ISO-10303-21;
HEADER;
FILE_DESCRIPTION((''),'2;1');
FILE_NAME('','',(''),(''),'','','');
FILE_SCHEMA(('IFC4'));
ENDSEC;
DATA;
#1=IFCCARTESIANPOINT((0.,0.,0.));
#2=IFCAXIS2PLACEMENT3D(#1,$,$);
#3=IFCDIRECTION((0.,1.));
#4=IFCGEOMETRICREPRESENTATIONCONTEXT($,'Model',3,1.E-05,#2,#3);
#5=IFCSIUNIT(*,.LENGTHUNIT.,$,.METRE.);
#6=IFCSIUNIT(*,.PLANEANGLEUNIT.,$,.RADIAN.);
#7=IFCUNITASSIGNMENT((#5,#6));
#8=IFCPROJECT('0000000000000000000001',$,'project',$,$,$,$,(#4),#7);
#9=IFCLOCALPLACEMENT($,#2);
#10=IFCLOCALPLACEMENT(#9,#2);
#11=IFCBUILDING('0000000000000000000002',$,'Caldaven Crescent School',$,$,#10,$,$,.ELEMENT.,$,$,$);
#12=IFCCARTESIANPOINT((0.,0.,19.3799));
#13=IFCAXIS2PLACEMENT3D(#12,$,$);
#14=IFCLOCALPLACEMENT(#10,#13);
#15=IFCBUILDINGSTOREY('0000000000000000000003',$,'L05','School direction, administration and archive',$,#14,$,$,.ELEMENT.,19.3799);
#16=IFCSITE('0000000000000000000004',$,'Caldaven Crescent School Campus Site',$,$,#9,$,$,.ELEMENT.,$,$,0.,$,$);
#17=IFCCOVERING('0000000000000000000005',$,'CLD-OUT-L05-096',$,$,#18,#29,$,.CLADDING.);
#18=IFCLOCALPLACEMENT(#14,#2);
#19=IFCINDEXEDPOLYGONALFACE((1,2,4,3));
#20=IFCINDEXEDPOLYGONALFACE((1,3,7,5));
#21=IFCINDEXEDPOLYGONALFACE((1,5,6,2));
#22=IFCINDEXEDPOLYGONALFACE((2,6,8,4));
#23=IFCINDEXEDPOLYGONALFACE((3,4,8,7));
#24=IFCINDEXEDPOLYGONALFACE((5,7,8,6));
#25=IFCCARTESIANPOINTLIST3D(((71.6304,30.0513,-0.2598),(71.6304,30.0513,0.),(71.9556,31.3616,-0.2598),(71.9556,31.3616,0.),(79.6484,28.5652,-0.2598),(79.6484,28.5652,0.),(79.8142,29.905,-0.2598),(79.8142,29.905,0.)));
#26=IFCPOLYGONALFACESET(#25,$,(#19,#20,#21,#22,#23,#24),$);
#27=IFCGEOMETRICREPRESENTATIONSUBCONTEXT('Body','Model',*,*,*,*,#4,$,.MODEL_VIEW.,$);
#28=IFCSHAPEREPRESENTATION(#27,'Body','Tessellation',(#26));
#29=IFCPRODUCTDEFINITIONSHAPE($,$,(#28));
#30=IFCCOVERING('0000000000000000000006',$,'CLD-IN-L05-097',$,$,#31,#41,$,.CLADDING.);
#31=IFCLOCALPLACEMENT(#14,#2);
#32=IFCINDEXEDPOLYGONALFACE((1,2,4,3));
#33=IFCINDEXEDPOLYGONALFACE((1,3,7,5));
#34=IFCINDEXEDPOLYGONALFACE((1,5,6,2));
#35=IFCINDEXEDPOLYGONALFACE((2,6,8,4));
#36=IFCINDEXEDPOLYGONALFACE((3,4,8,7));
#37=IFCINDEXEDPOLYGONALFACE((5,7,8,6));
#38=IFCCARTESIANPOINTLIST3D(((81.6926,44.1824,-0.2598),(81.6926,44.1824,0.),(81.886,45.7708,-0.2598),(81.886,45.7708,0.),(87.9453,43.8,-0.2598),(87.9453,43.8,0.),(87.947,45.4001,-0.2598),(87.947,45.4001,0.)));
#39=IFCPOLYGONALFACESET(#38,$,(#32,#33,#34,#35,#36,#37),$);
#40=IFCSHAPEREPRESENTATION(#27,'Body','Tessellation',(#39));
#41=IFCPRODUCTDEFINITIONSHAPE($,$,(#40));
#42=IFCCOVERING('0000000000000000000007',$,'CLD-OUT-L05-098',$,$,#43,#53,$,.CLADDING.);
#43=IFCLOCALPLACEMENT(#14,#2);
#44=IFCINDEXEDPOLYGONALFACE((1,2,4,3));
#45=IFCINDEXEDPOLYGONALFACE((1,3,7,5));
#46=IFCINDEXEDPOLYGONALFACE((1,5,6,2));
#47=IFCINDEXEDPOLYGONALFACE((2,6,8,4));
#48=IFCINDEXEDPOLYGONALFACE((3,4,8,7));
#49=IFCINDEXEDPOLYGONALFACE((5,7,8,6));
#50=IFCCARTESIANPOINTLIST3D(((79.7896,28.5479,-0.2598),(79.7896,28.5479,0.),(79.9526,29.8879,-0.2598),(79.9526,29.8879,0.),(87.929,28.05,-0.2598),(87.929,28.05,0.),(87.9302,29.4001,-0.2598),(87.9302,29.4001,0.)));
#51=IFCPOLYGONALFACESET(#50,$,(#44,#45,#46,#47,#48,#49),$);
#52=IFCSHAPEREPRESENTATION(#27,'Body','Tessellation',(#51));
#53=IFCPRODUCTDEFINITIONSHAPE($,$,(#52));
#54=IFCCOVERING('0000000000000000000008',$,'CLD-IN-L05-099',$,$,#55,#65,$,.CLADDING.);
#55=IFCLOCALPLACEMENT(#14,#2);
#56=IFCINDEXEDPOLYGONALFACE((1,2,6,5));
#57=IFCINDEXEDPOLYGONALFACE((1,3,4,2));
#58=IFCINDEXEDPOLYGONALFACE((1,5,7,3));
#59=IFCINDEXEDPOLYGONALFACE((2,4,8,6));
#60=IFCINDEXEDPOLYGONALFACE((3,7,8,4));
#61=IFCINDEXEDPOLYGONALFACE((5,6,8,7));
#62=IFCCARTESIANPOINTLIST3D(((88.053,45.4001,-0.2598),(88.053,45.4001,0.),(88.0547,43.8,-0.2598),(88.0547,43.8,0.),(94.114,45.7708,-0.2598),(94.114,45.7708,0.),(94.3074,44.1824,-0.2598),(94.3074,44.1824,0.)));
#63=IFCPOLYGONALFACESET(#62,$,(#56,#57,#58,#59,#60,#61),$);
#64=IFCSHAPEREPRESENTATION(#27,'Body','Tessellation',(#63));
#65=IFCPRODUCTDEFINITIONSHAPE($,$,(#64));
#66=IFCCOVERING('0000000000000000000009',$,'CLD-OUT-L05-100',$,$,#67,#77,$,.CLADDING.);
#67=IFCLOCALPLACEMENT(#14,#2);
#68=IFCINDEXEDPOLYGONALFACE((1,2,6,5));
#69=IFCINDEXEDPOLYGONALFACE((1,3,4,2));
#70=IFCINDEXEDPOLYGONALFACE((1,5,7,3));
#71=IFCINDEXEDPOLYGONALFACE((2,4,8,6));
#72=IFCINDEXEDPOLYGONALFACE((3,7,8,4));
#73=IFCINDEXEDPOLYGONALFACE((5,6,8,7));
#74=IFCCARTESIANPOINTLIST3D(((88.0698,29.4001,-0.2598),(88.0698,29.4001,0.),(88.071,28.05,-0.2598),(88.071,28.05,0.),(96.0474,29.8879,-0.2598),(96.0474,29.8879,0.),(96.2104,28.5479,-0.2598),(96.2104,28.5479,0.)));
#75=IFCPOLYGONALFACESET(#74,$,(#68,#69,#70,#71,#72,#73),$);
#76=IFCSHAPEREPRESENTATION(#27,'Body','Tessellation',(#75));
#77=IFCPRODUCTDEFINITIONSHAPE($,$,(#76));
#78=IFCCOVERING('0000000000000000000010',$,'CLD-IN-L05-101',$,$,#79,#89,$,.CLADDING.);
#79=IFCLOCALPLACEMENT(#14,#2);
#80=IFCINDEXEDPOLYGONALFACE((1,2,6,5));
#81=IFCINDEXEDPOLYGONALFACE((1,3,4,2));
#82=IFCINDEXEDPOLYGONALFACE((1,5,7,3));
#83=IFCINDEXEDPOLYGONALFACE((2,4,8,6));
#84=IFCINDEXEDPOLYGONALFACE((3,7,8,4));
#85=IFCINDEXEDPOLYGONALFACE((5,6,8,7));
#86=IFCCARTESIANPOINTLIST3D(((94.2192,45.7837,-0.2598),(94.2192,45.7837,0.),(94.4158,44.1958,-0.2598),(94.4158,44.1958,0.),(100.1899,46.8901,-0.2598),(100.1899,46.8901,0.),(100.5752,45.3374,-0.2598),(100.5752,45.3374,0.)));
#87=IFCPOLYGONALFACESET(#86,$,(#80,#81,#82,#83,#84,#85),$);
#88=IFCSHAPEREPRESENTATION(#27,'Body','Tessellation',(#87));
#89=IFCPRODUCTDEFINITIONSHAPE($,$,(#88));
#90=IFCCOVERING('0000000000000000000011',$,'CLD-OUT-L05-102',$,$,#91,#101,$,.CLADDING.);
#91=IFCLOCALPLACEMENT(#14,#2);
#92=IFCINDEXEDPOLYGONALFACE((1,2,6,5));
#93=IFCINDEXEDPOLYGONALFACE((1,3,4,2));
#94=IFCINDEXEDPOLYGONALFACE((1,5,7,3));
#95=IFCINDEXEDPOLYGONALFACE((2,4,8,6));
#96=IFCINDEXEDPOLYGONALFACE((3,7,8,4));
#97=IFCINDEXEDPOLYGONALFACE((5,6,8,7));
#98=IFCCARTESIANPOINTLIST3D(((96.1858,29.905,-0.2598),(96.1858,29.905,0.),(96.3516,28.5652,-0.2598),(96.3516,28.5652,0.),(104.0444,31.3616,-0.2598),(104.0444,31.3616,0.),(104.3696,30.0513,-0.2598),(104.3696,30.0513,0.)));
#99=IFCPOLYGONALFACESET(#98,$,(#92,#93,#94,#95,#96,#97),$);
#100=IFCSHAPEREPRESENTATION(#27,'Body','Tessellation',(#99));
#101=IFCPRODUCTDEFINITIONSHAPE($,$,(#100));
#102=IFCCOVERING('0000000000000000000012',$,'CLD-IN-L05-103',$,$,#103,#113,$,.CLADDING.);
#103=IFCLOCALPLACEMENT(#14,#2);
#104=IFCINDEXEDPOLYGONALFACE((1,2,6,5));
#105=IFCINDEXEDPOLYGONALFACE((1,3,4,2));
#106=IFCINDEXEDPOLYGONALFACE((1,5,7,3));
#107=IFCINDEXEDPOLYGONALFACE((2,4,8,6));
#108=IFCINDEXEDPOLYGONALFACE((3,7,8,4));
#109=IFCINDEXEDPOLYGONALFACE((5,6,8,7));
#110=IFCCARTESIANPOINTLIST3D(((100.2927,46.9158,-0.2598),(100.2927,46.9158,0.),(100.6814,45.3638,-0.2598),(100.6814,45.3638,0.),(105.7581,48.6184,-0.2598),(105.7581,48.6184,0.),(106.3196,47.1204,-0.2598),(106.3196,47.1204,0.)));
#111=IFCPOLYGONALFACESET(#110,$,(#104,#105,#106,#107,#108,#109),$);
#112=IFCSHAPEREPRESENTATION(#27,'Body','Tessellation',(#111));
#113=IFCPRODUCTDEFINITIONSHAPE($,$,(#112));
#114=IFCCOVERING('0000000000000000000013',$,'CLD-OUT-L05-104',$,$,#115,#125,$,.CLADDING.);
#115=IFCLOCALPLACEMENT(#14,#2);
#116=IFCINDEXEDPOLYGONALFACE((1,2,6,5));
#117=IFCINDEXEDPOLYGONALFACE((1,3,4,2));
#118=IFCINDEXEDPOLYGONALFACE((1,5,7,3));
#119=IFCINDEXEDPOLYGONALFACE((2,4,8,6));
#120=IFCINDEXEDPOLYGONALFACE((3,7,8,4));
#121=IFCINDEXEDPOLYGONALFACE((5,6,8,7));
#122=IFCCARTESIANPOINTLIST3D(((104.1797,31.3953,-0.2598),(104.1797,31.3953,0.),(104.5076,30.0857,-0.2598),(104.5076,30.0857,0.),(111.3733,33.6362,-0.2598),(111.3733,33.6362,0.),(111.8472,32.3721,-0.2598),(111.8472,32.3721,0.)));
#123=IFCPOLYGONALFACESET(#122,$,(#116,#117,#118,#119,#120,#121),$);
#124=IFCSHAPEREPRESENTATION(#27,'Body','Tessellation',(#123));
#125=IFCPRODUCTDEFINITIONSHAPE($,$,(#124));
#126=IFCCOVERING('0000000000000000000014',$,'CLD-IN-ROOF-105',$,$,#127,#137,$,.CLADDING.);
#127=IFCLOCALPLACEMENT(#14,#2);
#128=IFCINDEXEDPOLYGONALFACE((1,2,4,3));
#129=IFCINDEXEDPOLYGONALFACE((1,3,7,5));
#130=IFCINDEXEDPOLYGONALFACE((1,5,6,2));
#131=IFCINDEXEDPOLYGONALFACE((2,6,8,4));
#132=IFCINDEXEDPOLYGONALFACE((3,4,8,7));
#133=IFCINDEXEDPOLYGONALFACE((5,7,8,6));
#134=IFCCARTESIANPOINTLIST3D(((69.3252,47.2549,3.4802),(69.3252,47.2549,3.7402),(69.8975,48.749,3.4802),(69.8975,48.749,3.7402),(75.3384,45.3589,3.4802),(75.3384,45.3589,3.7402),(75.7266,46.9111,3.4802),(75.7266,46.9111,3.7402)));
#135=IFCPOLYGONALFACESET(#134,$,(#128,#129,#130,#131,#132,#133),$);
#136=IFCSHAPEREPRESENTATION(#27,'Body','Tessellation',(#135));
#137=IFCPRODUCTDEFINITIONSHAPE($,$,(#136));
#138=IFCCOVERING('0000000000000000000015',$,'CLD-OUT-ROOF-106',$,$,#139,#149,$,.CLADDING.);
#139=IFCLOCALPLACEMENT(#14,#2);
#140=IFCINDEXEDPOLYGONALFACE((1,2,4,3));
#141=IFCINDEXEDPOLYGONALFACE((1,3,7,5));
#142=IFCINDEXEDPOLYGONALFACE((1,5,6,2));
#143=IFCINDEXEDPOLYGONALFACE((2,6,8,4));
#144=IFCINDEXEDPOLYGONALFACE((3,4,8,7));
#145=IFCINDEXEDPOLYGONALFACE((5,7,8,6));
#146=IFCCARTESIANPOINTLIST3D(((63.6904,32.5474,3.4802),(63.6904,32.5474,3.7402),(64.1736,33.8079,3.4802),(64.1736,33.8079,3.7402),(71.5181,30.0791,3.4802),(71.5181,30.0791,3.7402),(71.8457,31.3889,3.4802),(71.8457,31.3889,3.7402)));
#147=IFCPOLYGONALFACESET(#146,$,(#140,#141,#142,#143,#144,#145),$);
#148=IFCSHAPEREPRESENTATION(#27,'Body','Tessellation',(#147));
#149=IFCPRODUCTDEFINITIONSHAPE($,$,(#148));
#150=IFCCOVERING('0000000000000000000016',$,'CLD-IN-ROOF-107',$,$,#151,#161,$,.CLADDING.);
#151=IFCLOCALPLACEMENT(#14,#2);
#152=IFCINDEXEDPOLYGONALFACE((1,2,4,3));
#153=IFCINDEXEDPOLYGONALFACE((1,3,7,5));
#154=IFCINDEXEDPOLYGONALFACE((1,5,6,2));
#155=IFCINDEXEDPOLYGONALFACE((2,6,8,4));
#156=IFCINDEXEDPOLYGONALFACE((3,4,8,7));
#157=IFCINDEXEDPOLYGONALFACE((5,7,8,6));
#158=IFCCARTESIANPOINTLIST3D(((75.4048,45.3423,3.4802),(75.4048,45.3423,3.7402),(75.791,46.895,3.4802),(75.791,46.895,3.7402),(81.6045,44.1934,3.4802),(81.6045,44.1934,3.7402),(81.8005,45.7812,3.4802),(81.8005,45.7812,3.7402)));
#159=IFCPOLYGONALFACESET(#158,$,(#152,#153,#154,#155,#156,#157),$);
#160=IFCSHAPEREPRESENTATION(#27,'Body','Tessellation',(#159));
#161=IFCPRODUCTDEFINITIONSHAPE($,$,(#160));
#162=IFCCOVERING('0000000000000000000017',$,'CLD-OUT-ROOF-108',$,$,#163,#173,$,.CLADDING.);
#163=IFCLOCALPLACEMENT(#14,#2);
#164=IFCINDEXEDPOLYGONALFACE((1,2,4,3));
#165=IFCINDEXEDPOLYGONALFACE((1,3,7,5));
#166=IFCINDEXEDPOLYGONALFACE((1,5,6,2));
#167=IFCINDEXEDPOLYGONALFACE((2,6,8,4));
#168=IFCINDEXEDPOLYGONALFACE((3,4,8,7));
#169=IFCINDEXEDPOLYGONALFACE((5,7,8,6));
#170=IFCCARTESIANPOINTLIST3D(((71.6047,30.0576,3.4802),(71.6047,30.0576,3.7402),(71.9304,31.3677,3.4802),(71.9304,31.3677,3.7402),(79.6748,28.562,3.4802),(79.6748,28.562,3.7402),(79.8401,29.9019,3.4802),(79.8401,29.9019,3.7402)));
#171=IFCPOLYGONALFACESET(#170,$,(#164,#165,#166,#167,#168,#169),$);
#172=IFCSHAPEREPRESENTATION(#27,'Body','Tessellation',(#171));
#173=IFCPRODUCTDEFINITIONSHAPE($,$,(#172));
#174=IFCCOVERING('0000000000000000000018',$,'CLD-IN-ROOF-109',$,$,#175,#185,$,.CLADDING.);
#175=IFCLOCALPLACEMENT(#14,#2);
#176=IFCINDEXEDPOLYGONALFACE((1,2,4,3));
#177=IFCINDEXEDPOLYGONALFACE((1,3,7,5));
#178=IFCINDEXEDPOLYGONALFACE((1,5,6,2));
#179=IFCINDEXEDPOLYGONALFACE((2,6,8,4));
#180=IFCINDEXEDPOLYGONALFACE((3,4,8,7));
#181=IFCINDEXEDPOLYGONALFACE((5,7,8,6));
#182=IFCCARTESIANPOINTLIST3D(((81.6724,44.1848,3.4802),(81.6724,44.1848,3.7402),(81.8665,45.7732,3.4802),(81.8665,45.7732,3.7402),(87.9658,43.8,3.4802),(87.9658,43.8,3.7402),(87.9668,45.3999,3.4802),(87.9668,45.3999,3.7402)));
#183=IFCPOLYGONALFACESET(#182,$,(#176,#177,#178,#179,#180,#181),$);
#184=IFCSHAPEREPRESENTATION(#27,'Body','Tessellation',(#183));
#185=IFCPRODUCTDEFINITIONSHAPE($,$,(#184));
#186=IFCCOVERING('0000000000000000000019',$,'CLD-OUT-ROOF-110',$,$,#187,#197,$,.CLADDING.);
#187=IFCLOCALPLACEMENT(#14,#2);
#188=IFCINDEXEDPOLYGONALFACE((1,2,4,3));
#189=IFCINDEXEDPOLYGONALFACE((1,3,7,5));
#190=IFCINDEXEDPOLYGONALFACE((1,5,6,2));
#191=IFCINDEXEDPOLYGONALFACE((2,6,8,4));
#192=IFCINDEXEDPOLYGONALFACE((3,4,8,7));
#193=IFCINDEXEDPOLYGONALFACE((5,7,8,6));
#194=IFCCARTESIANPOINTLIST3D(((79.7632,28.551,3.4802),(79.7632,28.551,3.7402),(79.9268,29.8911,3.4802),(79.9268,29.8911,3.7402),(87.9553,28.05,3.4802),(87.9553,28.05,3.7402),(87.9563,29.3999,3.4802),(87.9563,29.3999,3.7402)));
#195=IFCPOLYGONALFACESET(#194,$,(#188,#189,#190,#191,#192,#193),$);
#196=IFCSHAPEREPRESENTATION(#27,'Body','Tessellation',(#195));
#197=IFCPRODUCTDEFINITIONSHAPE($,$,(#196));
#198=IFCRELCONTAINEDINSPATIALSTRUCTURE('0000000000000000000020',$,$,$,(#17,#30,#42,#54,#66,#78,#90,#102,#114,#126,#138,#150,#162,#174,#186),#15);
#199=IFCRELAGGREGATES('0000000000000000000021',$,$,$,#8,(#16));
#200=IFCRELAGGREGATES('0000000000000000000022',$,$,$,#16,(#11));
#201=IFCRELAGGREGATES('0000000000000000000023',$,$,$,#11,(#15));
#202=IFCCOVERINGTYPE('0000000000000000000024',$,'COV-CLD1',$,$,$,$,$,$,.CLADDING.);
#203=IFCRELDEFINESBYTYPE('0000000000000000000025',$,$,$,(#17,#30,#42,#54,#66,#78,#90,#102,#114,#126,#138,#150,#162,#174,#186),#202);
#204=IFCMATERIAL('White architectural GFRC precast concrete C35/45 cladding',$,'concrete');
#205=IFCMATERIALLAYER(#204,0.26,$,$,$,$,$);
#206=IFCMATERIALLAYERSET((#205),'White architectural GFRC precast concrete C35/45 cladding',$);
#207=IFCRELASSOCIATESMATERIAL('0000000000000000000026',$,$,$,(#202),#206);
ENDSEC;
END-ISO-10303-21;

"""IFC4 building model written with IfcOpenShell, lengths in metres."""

from ifc_helpers import new_model, si_unit, direction, frame, origin, place, context, subcontext, project, spatial, polyline, outline, extrude, material, layer, layer_set, type_object, element, save


model = new_model("IFC4")

# Units and contexts
model_context = context("Model", 3, precision=1e-05, world=origin(), true_north=direction((0.0, 1.0)))
body_context = subcontext(model_context, "Body", "Model", "MODEL_VIEW")
ifc_project = project(units=[si_unit("LENGTHUNIT", "METRE"), si_unit("PLANEANGLEUNIT", "RADIAN")], contexts=[model_context])

# Site, building, storey
site_placement = place(None, origin())
site = spatial("IfcSite", under=ifc_project, at=site_placement, Name="Caldaven Crescent School Campus Site", CompositionType="ELEMENT", RefElevation=0.0)
building_placement = place(site_placement, origin())
building = spatial("IfcBuilding", under=site, at=building_placement, Name="Caldaven Crescent School", CompositionType="ELEMENT")
storey_placement = place(building_placement, frame((0.0, 0.0, 19.3799)))
storey = spatial("IfcBuildingStorey", under=building, at=storey_placement, Name="L05", Description="School direction, administration and archive", CompositionType="ELEMENT", Elevation=19.3799)

# Coverings
ifc_material_1 = material(Name="White architectural GFRC precast concrete C35/45 cladding", Category="concrete")
ifc_layer_1 = layer(ifc_material_1, 0.26)
ifc_layer_set_1 = layer_set([ifc_layer_1], Name="White architectural GFRC precast concrete C35/45 cladding")
covering_type = type_object("IfcCoveringType", Name="COV-CLD1", PredefinedType="CLADDING", material=ifc_layer_set_1)
covering_1_placement = place(storey_placement, frame((0.0, 0.0, -0.2598)))
element("IfcCovering", 1, at=covering_1_placement, inside=storey, type_object=covering_type, Name="CLD-OUT-L05-096", PredefinedType="CLADDING", context=body_context, shape_type="SweptSolid", body=[
    extrude(outline(polyline([(71.9556, 31.3616), (79.8142, 29.905), (79.6484, 28.5652), (71.6304, 30.0513), (71.9556, 31.3616)])), origin(), (0.0, 0.0, 1.0), 0.2598),
])
covering_2_placement = place(storey_placement, frame((0.0, 0.0, -0.2598)))
element("IfcCovering", 2, at=covering_2_placement, inside=storey, type_object=covering_type, Name="CLD-IN-L05-097", PredefinedType="CLADDING", context=body_context, shape_type="SweptSolid", body=[
    extrude(outline(polyline([(81.886, 45.7708), (87.947, 45.4001), (87.9453, 43.8), (81.6926, 44.1824), (81.886, 45.7708)])), origin(), (0.0, 0.0, 1.0), 0.2598),
])
covering_3_placement = place(storey_placement, frame((0.0, 0.0, -0.2598)))
element("IfcCovering", 3, at=covering_3_placement, inside=storey, type_object=covering_type, Name="CLD-OUT-L05-098", PredefinedType="CLADDING", context=body_context, shape_type="SweptSolid", body=[
    extrude(outline(polyline([(79.9526, 29.8879), (87.9302, 29.4001), (87.929, 28.05), (79.7896, 28.5479), (79.9526, 29.8879)])), origin(), (0.0, 0.0, 1.0), 0.2598),
])
covering_4_placement = place(storey_placement, frame((0.0, 0.0, -0.2598)))
element("IfcCovering", 4, at=covering_4_placement, inside=storey, type_object=covering_type, Name="CLD-IN-L05-099", PredefinedType="CLADDING", context=body_context, shape_type="SweptSolid", body=[
    extrude(outline(polyline([(88.053, 45.4001), (94.114, 45.7708), (94.3074, 44.1824), (88.0547, 43.8), (88.053, 45.4001)])), origin(), (0.0, 0.0, 1.0), 0.2598),
])
covering_5_placement = place(storey_placement, frame((0.0, 0.0, -0.2598)))
element("IfcCovering", 5, at=covering_5_placement, inside=storey, type_object=covering_type, Name="CLD-OUT-L05-100", PredefinedType="CLADDING", context=body_context, shape_type="SweptSolid", body=[
    extrude(outline(polyline([(88.0698, 29.4001), (96.0474, 29.8879), (96.2104, 28.5479), (88.071, 28.05), (88.0698, 29.4001)])), origin(), (0.0, 0.0, 1.0), 0.2598),
])
covering_6_placement = place(storey_placement, frame((0.0, 0.0, -0.2598)))
element("IfcCovering", 6, at=covering_6_placement, inside=storey, type_object=covering_type, Name="CLD-IN-L05-101", PredefinedType="CLADDING", context=body_context, shape_type="SweptSolid", body=[
    extrude(outline(polyline([(94.2192, 45.7837), (100.1899, 46.8901), (100.5752, 45.3374), (94.4158, 44.1958), (94.2192, 45.7837)])), origin(), (0.0, 0.0, 1.0), 0.2598),
])
covering_7_placement = place(storey_placement, frame((0.0, 0.0, -0.2598)))
element("IfcCovering", 7, at=covering_7_placement, inside=storey, type_object=covering_type, Name="CLD-OUT-L05-102", PredefinedType="CLADDING", context=body_context, shape_type="SweptSolid", body=[
    extrude(outline(polyline([(96.1858, 29.905), (104.0444, 31.3616), (104.3696, 30.0513), (96.3516, 28.5652), (96.1858, 29.905)])), origin(), (0.0, 0.0, 1.0), 0.2598),
])
covering_8_placement = place(storey_placement, frame((0.0, 0.0, -0.2598)))
element("IfcCovering", 8, at=covering_8_placement, inside=storey, type_object=covering_type, Name="CLD-IN-L05-103", PredefinedType="CLADDING", context=body_context, shape_type="SweptSolid", body=[
    extrude(outline(polyline([(100.2927, 46.9158), (105.7581, 48.6184), (106.3196, 47.1204), (100.6814, 45.3638), (100.2927, 46.9158)])), origin(), (0.0, 0.0, 1.0), 0.2598),
])
covering_9_placement = place(storey_placement, frame((0.0, 0.0, -0.2598)))
element("IfcCovering", 9, at=covering_9_placement, inside=storey, type_object=covering_type, Name="CLD-OUT-L05-104", PredefinedType="CLADDING", context=body_context, shape_type="SweptSolid", body=[
    extrude(outline(polyline([(104.1797, 31.3953), (111.3733, 33.6362), (111.8472, 32.3721), (104.5076, 30.0857), (104.1797, 31.3953)])), origin(), (0.0, 0.0, 1.0), 0.2598),
])
covering_10_placement = place(storey_placement, frame((0.0, 0.0, 3.4802)))
element("IfcCovering", 10, at=covering_10_placement, inside=storey, type_object=covering_type, Name="CLD-IN-ROOF-105", PredefinedType="CLADDING", context=body_context, shape_type="SweptSolid", body=[
    extrude(outline(polyline([(69.8975, 48.749), (75.7266, 46.9111), (75.3384, 45.3589), (69.3252, 47.2549), (69.8975, 48.749)])), origin(), (0.0, 0.0, 1.0), 0.26),
])
covering_11_placement = place(storey_placement, frame((0.0, 0.0, 3.4802)))
element("IfcCovering", 11, at=covering_11_placement, inside=storey, type_object=covering_type, Name="CLD-OUT-ROOF-106", PredefinedType="CLADDING", context=body_context, shape_type="SweptSolid", body=[
    extrude(outline(polyline([(64.1736, 33.8079), (71.8457, 31.3889), (71.5181, 30.0791), (63.6904, 32.5474), (64.1736, 33.8079)])), origin(), (0.0, 0.0, 1.0), 0.26),
])
covering_12_placement = place(storey_placement, frame((0.0, 0.0, 3.4802)))
element("IfcCovering", 12, at=covering_12_placement, inside=storey, type_object=covering_type, Name="CLD-IN-ROOF-107", PredefinedType="CLADDING", context=body_context, shape_type="SweptSolid", body=[
    extrude(outline(polyline([(75.791, 46.895), (81.8005, 45.7812), (81.6045, 44.1934), (75.4048, 45.3423), (75.791, 46.895)])), origin(), (0.0, 0.0, 1.0), 0.26),
])
covering_13_placement = place(storey_placement, frame((0.0, 0.0, 3.4802)))
element("IfcCovering", 13, at=covering_13_placement, inside=storey, type_object=covering_type, Name="CLD-OUT-ROOF-108", PredefinedType="CLADDING", context=body_context, shape_type="SweptSolid", body=[
    extrude(outline(polyline([(71.9304, 31.3677), (79.8401, 29.9019), (79.6748, 28.562), (71.6047, 30.0576), (71.9304, 31.3677)])), origin(), (0.0, 0.0, 1.0), 0.26),
])
covering_14_placement = place(storey_placement, frame((0.0, 0.0, 3.4802)))
element("IfcCovering", 14, at=covering_14_placement, inside=storey, type_object=covering_type, Name="CLD-IN-ROOF-109", PredefinedType="CLADDING", context=body_context, shape_type="SweptSolid", body=[
    extrude(outline(polyline([(81.8665, 45.7732), (87.9668, 45.3999), (87.9658, 43.8), (81.6724, 44.1848), (81.8665, 45.7732)])), origin(), (0.0, 0.0, 1.0), 0.26),
])
covering_15_placement = place(storey_placement, frame((0.0, 0.0, 3.4802)))
element("IfcCovering", 15, at=covering_15_placement, inside=storey, type_object=covering_type, Name="CLD-OUT-ROOF-110", PredefinedType="CLADDING", context=body_context, shape_type="SweptSolid", body=[
    extrude(outline(polyline([(79.9268, 29.8911), (87.9563, 29.3999), (87.9553, 28.05), (79.7632, 28.551), (79.9268, 29.8911)])), origin(), (0.0, 0.0, 1.0), 0.26),
])

save(model, "model.ifc")
